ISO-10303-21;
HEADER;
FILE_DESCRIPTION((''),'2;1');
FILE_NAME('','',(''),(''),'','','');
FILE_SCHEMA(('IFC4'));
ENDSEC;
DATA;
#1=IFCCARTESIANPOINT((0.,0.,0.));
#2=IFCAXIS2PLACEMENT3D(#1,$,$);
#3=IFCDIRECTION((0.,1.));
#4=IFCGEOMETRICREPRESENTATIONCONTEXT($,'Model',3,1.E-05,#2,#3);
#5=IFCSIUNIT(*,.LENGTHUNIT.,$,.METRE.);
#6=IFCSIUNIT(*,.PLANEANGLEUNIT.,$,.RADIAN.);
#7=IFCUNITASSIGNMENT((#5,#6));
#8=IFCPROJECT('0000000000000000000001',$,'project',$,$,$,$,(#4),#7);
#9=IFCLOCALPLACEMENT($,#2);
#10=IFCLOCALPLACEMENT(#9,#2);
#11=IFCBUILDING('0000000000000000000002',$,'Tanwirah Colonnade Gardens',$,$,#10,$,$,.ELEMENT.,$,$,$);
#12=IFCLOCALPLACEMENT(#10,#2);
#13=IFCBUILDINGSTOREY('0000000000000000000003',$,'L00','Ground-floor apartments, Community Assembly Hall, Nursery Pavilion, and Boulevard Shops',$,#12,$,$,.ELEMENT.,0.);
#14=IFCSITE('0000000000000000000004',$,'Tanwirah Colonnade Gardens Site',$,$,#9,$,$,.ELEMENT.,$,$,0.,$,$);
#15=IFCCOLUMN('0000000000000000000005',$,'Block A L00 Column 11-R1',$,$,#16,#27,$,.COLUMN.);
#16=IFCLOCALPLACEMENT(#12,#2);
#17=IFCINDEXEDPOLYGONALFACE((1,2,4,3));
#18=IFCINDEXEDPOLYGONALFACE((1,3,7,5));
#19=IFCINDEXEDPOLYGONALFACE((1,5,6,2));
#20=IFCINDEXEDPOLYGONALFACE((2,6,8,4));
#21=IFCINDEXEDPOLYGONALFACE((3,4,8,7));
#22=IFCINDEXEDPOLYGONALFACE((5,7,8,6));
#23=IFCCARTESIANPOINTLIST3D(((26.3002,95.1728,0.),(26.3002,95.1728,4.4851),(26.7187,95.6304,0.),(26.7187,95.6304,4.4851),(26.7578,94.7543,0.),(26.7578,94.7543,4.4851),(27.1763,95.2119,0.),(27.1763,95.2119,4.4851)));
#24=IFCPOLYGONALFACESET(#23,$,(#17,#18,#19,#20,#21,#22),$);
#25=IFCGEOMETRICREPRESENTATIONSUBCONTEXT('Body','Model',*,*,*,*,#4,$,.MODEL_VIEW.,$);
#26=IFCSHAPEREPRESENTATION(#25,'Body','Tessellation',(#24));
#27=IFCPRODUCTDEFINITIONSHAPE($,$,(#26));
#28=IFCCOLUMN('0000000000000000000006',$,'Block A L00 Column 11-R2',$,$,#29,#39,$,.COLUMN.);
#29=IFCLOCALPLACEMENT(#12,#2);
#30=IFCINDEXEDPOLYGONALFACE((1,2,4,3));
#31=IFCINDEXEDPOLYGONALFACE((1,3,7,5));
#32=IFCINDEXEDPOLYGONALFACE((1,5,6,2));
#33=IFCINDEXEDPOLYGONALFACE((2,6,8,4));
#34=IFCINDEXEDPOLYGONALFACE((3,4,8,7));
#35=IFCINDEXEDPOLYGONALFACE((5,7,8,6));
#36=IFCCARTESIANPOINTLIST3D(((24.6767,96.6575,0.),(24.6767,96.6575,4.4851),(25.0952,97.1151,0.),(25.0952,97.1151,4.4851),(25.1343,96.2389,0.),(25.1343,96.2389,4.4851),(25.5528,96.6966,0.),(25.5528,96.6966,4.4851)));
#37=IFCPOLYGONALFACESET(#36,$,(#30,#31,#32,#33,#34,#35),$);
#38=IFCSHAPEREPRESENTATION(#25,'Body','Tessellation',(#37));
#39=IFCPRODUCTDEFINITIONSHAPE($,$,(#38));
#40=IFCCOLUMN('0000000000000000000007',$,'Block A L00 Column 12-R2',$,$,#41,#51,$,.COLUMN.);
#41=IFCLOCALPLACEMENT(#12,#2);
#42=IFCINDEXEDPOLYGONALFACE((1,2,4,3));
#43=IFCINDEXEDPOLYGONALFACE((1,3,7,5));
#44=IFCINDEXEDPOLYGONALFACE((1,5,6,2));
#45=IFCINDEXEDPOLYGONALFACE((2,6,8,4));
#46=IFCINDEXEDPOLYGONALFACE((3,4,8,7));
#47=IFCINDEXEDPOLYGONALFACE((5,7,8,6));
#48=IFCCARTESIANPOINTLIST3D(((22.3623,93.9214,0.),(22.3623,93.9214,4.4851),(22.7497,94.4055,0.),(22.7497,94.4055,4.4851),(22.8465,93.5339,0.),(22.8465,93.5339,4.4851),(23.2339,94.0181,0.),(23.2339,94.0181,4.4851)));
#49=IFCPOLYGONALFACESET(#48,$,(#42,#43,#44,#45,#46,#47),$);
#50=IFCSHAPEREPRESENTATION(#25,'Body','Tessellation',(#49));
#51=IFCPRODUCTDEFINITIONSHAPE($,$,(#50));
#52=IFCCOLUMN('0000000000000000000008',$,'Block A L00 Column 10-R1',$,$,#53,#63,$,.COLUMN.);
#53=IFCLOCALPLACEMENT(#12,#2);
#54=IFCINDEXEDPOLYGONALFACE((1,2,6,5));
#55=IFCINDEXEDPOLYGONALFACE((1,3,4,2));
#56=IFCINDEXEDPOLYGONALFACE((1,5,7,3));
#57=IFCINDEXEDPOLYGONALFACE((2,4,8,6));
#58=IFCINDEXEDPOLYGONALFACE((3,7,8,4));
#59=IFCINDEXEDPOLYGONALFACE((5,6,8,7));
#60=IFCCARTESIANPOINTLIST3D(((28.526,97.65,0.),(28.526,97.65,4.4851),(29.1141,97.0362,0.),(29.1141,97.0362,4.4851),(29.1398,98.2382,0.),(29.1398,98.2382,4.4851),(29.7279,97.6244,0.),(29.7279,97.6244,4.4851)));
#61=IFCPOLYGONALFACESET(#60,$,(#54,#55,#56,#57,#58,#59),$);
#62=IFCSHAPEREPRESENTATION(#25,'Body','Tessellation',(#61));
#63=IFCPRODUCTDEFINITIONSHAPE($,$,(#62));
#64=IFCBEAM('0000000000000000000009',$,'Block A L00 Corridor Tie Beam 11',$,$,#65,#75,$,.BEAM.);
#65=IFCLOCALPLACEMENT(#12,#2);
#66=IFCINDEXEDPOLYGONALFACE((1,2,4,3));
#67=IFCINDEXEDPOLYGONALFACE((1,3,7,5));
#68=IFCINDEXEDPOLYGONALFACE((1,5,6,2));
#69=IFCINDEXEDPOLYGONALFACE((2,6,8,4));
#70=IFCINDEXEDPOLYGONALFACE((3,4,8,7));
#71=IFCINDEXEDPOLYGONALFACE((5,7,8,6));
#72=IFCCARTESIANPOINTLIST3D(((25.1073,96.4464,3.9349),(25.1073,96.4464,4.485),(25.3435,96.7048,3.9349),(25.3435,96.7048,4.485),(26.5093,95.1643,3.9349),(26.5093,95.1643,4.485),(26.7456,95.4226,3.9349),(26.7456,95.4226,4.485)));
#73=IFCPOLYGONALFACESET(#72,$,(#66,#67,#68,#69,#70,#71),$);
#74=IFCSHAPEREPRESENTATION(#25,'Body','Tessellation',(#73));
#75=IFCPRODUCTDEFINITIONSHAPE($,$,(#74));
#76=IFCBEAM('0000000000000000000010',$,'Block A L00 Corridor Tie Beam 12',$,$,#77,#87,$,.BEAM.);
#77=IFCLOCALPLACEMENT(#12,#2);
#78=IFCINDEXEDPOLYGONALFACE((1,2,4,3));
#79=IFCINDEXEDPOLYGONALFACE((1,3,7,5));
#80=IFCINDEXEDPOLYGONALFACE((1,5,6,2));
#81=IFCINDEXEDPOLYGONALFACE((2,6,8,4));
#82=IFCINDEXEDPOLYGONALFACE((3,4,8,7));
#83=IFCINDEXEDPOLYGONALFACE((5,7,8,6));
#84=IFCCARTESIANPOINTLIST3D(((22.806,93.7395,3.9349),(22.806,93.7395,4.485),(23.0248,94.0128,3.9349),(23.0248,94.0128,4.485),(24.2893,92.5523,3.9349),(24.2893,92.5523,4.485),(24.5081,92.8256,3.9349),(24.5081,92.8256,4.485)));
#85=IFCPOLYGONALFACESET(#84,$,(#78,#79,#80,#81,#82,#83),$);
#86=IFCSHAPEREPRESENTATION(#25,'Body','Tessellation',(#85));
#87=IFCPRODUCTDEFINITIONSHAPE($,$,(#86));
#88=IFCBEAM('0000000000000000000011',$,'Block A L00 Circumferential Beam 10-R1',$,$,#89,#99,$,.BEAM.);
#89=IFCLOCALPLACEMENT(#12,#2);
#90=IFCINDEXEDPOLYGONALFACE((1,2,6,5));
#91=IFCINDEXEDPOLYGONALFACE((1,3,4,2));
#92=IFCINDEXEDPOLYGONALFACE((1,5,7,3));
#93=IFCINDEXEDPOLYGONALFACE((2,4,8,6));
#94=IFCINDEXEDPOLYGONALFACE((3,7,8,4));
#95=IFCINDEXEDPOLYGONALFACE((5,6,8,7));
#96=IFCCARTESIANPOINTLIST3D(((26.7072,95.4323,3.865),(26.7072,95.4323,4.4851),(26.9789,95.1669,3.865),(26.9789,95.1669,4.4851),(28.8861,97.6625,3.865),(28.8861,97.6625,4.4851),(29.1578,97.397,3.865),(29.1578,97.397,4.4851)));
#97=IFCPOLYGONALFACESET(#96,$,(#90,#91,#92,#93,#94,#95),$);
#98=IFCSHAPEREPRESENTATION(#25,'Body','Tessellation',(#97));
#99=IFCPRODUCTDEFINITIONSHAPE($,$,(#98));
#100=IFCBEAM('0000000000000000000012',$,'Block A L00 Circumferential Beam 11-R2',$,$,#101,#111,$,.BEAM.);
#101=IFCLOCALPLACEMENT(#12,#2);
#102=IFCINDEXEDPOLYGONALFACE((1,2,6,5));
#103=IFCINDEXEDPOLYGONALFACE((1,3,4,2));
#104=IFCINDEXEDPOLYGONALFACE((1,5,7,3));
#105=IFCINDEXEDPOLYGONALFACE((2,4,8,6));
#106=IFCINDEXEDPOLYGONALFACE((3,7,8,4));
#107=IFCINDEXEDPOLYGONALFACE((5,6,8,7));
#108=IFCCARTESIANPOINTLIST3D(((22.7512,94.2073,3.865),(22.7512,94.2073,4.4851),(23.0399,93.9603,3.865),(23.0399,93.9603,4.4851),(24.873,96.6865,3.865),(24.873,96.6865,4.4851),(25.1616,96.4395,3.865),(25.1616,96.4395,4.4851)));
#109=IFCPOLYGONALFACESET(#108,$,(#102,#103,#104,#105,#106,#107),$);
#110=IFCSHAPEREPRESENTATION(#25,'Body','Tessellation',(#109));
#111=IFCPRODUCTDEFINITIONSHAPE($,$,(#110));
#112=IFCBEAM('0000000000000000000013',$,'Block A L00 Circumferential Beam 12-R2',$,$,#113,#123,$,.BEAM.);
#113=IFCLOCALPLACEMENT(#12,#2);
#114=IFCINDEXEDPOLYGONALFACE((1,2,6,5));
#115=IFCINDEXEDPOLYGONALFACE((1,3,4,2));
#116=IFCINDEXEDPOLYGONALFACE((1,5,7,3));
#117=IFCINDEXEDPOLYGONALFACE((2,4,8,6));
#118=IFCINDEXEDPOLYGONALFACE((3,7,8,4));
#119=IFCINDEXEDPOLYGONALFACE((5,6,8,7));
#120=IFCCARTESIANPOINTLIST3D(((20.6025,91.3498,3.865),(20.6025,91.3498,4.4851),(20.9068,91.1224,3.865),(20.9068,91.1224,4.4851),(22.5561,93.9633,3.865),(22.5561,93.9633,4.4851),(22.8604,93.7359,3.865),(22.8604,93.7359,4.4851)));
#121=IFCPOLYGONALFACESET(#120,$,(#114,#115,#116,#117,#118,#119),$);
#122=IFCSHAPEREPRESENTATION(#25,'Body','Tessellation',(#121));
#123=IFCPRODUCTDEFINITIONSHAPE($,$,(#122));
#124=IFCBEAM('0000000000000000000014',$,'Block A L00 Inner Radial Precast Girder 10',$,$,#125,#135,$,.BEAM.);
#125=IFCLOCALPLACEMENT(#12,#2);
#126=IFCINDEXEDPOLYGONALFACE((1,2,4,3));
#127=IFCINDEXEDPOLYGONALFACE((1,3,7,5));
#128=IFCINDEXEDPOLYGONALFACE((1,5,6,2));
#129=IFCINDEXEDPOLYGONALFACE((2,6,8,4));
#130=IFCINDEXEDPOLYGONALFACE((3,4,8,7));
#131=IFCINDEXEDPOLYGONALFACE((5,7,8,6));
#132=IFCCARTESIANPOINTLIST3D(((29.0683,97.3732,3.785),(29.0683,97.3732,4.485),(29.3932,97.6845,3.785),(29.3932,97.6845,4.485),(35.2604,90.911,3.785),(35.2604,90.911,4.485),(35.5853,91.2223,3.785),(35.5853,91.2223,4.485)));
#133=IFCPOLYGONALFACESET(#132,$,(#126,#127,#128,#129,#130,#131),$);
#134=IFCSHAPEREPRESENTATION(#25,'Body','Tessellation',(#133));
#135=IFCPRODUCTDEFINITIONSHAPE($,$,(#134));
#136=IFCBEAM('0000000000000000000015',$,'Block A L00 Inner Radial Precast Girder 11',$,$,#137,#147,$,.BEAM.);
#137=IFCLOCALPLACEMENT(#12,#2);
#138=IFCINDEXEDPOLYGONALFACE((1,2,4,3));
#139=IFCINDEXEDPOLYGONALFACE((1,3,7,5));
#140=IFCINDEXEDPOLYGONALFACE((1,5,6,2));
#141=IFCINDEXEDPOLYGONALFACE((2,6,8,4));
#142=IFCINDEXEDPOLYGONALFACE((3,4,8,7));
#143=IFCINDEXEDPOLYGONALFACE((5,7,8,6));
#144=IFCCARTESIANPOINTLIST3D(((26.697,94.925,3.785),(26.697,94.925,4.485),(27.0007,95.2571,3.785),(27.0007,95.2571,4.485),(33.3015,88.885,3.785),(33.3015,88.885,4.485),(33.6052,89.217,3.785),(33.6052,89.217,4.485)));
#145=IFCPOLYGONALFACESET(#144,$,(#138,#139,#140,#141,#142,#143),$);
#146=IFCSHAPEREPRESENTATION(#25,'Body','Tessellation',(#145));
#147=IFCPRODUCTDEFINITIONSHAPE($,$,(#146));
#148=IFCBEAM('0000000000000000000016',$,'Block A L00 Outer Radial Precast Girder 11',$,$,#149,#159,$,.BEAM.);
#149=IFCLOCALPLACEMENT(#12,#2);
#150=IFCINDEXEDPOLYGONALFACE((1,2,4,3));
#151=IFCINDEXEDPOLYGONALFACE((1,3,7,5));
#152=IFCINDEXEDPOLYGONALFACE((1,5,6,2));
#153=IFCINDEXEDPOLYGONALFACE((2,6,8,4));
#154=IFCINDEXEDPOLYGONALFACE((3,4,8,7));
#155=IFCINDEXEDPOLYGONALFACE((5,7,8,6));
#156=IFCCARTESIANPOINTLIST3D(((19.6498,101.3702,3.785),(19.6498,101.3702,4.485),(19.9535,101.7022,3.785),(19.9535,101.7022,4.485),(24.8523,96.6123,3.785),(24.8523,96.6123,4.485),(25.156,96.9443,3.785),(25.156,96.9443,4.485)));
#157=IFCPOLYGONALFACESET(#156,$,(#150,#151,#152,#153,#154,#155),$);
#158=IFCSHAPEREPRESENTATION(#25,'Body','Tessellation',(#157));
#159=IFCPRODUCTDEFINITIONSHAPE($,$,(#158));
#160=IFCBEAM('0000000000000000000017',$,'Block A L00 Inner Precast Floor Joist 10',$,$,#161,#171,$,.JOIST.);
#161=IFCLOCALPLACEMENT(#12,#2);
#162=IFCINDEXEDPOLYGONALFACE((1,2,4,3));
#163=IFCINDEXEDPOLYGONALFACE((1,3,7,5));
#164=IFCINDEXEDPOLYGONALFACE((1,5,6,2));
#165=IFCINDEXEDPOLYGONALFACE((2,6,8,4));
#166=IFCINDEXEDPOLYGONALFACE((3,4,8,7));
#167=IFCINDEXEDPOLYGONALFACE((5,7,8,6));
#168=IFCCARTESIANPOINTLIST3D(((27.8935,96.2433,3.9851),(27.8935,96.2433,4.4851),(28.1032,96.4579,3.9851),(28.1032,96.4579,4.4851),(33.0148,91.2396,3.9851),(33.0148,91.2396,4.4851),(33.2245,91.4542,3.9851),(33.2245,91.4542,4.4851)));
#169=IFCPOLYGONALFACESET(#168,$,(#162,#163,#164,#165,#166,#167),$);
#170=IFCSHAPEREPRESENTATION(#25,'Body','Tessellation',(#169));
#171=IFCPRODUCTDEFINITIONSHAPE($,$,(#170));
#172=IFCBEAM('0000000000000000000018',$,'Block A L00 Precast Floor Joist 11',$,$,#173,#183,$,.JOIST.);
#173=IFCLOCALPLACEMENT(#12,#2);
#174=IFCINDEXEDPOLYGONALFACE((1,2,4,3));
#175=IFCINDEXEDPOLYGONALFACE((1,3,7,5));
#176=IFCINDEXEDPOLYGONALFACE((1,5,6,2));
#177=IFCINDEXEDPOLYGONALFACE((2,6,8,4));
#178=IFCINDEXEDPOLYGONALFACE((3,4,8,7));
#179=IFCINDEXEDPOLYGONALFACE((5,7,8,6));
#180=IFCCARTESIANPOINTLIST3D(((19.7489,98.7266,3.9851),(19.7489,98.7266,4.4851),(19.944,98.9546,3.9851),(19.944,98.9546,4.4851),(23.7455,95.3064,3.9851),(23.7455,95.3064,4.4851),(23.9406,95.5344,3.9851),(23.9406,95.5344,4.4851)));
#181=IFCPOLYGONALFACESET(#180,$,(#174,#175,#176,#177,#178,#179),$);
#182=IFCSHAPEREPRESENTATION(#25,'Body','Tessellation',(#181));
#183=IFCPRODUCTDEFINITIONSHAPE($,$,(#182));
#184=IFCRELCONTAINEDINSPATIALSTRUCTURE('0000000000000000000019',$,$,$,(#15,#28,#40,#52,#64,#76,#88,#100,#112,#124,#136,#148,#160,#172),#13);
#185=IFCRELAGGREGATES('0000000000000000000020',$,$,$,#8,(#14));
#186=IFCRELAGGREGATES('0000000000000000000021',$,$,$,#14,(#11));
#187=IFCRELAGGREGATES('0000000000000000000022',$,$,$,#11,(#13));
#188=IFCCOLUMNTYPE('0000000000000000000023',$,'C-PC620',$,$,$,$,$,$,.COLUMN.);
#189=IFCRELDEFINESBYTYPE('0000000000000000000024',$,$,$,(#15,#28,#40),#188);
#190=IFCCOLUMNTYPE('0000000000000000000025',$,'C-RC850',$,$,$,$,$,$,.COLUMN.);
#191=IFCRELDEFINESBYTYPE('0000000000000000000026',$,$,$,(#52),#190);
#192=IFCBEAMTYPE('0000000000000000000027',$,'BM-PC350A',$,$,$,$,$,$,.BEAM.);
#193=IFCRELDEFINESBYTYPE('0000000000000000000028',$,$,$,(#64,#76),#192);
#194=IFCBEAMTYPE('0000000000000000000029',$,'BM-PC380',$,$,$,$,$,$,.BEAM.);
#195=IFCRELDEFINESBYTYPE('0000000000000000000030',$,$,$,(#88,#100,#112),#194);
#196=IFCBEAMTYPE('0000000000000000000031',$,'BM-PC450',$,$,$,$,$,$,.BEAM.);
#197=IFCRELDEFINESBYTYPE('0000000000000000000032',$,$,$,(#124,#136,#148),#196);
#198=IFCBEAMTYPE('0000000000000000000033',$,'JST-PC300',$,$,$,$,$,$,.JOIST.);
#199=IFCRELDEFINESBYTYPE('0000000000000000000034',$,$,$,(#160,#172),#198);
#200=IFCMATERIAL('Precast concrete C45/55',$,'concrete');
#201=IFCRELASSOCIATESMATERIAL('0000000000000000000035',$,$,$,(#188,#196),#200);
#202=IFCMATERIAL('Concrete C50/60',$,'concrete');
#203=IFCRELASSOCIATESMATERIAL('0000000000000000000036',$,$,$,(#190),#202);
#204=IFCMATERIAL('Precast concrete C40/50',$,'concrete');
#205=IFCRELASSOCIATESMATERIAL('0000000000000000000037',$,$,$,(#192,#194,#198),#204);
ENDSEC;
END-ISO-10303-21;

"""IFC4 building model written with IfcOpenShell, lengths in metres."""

from ifc_helpers import new_model, si_unit, direction, frame, origin, origin_2d, place, context, subcontext, project, spatial, rectangle, extrude, material, material_profile, profile_set, type_object, element, save


model = new_model("IFC4")

# Units and contexts
model_context = context("Model", 3, precision=1e-05, world=origin(), true_north=direction((0.0, 1.0)))
body_context = subcontext(model_context, "Body", "Model", "MODEL_VIEW")
ifc_project = project(units=[si_unit("LENGTHUNIT", "METRE"), si_unit("PLANEANGLEUNIT", "RADIAN")], contexts=[model_context])

# Site, building, storey
site_placement = place(None, origin())
site = spatial("IfcSite", under=ifc_project, at=site_placement, Name="Tanwirah Colonnade Gardens Site", CompositionType="ELEMENT", RefElevation=0.0)
building_placement = place(site_placement, origin())
building = spatial("IfcBuilding", under=site, at=building_placement, Name="Tanwirah Colonnade Gardens", CompositionType="ELEMENT")
storey_placement = place(building_placement, origin())
storey = spatial("IfcBuildingStorey", under=building, at=storey_placement, Name="L00", Description="Ground-floor apartments, Community Assembly Hall, Nursery Pavilion, and Boulevard Shops", CompositionType="ELEMENT", Elevation=0.0)

# Columns
ifc_material_1 = material(Name="Precast concrete C45/55", Category="concrete")
ifc_material_profile_1 = material_profile(ifc_material_1, rectangle(XDim=0.6201, YDim=0.6201, at=origin_2d()), Name="PC-COL 620x620")
ifc_profile_set_1 = profile_set([ifc_material_profile_1], Name="Precast concrete C45/55")
column_type_1 = type_object("IfcColumnType", Name="C-PC620", PredefinedType="COLUMN", material=ifc_profile_set_1)
for number, where, z_axis, x_axis, name in (
    (1, (26.7383, 95.1924, 0.0), (0.0, 0.0, 1.0), (-0.737932, 0.674875, 0.0), "Block A L00 Column 11-R1"),
    (2, (25.1147, 96.677, 0.0), (0.0, 0.0, 1.0), (-0.737932, 0.674875, 0.0), "Block A L00 Column 11-R2"),
    (3, (22.7981, 93.9697, 0.0), (0.0, 0.0, 1.0), (-0.780794, 0.624788, 0.0), "Block A L00 Column 12-R2"),
):
    element("IfcColumn", number, at=place(storey_placement, frame(where, z_axis=z_axis, x_axis=x_axis)), inside=storey, type_object=column_type_1, Name=name, PredefinedType="COLUMN", context=body_context, shape_type="SweptSolid", body=[
        extrude(rectangle(XDim=0.6201, YDim=0.6201, at=origin_2d()), origin(), (0.0, 0.0, 1.0), 4.4851),
    ])
ifc_material_2 = material(Name="Concrete C50/60", Category="concrete")
ifc_material_profile_2 = material_profile(ifc_material_2, rectangle(XDim=0.8501, YDim=0.8501, at=origin_2d()), Name="RC-COL 850x850")
ifc_profile_set_2 = profile_set([ifc_material_profile_2], Name="Concrete C50/60")
column_type_2 = type_object("IfcColumnType", Name="C-RC850", PredefinedType="COLUMN", material=ifc_profile_set_2)
column_placement = place(storey_placement, frame((29.127, 97.6372, 0.0), z_axis=(0.0, 0.0, 1.0), x_axis=(-0.691863, 0.722029, 0.0)))
element("IfcColumn", 4, at=column_placement, inside=storey, type_object=column_type_2, Name="Block A L00 Column 10-R1", PredefinedType="COLUMN", context=body_context, shape_type="SweptSolid", body=[
    extrude(rectangle(XDim=0.8501, YDim=0.8501, at=origin_2d()), origin(), (0.0, 0.0, 1.0), 4.4851),
])

# Beams
ifc_material_3 = material(Name="Precast concrete C40/50", Category="concrete")
ifc_material_profile_3 = material_profile(ifc_material_3, rectangle(XDim=0.3501, YDim=0.55, at=origin_2d()), Name="PC-BM 350x550")
ifc_profile_set_3 = profile_set([ifc_material_profile_3], Name="Precast concrete C40/50")
beam_type_1 = type_object("IfcBeamType", Name="BM-PC350A", PredefinedType="BEAM", material=ifc_profile_set_3)
for number, where, z_axis, x_axis, name in (
    (5, (26.6274, 95.2935, 4.21), (-0.737948, 0.674857, 0.0), (-0.674857, -0.737948, 0.0), "Block A L00 Corridor Tie Beam 11"),
    (6, (24.3987, 92.689, 4.21), (-0.780731, 0.624867, 0.0), (-0.624867, -0.780731, 0.0), "Block A L00 Corridor Tie Beam 12"),
):
    element("IfcBeam", number, at=place(storey_placement, frame(where, z_axis=z_axis, x_axis=x_axis)), inside=storey, type_object=beam_type_1, Name=name, PredefinedType="BEAM", context=body_context, shape_type="SweptSolid", body=[
        extrude(rectangle(XDim=0.3501, YDim=0.55, at=origin_2d()), origin(), (0.0, 0.0, 1.0), 1.8999),
    ])
ifc_material_profile_4 = material_profile(ifc_material_3, rectangle(XDim=0.3799, YDim=0.6201, at=origin_2d()), Name="PC-BM 380x620")
ifc_profile_set_4 = profile_set([ifc_material_profile_4], Name="Precast concrete C40/50")
beam_type_2 = type_object("IfcBeamType", Name="BM-PC380", PredefinedType="BEAM", material=ifc_profile_set_4)
beam_1_placement = place(storey_placement, frame((29.022, 97.5298, 4.175), z_axis=(-0.698837, -0.715281, 0.0), x_axis=(0.715281, -0.698837, 0.0)))
element("IfcBeam", 7, at=beam_1_placement, inside=storey, type_object=beam_type_2, Name="Block A L00 Circumferential Beam 10-R1", PredefinedType="BEAM", context=body_context, shape_type="SweptSolid", body=[
    extrude(rectangle(XDim=0.3799, YDim=0.6201, at=origin_2d()), origin(), (0.0, 0.0, 1.0), 3.1179),
])
beam_2_placement = place(storey_placement, frame((25.0173, 96.563, 4.175), z_axis=(-0.650218, -0.759748, 0.0), x_axis=(0.759748, -0.650218, 0.0)))
element("IfcBeam", 8, at=beam_2_placement, inside=storey, type_object=beam_type_2, Name="Block A L00 Circumferential Beam 11-R2", PredefinedType="BEAM", context=body_context, shape_type="SweptSolid", body=[
    extrude(rectangle(XDim=0.3799, YDim=0.6201, at=origin_2d()), origin(), (0.0, 0.0, 1.0), 3.2632),
])
beam_3_placement = place(storey_placement, frame((22.7083, 93.8496, 4.175), z_axis=(-0.598718, -0.80096, 0.0), x_axis=(0.80096, -0.598718, 0.0)))
element("IfcBeam", 9, at=beam_3_placement, inside=storey, type_object=beam_type_2, Name="Block A L00 Circumferential Beam 12-R2", PredefinedType="BEAM", context=body_context, shape_type="SweptSolid", body=[
    extrude(rectangle(XDim=0.3799, YDim=0.6201, at=origin_2d()), origin(), (0.0, 0.0, 1.0), 3.2629),
])
ifc_material_profile_5 = material_profile(ifc_material_1, rectangle(XDim=0.45, YDim=0.7, at=origin_2d()), Name="PC-BM 450x700")
ifc_profile_set_5 = profile_set([ifc_material_profile_5], Name="Precast concrete C45/55")
beam_type_3 = type_object("IfcBeamType", Name="BM-PC450", PredefinedType="BEAM", material=ifc_profile_set_5)
for number, where, z_axis, x_axis, name in (
    (10, (29.2307, 97.5288, 4.135), (0.691861, -0.722031, 0.0), (0.722031, 0.691861, 0.0), "Block A L00 Inner Radial Precast Girder 10"),
    (11, (26.8489, 95.0911, 4.135), (0.737937, -0.674869, 0.0), (0.674869, 0.737937, 0.0), "Block A L00 Inner Radial Precast Girder 11"),
):
    element("IfcBeam", number, at=place(storey_placement, frame(where, z_axis=z_axis, x_axis=x_axis)), inside=storey, type_object=beam_type_3, Name=name, PredefinedType="BEAM", context=body_context, shape_type="SweptSolid", body=[
        extrude(rectangle(XDim=0.45, YDim=0.7, at=origin_2d()), origin(), (0.0, 0.0, 1.0), 8.95),
    ])
beam_4_placement = place(storey_placement, frame((25.0042, 96.7783, 4.135), z_axis=(-0.737934, 0.674873, 0.0), x_axis=(-0.674873, -0.737934, 0.0)))
element("IfcBeam", 12, at=beam_4_placement, inside=storey, type_object=beam_type_3, Name="Block A L00 Outer Radial Precast Girder 11", PredefinedType="BEAM", context=body_context, shape_type="SweptSolid", body=[
    extrude(rectangle(XDim=0.45, YDim=0.7, at=origin_2d()), origin(), (0.0, 0.0, 1.0), 7.05),
])
ifc_material_profile_6 = material_profile(ifc_material_3, rectangle(XDim=0.3, YDim=0.5, at=origin_2d()), Name="PC-JST 300x500")
ifc_profile_set_6 = profile_set([ifc_material_profile_6], Name="Precast concrete C40/50")
beam_type_4 = type_object("IfcBeamType", Name="JST-PC300", PredefinedType="JOIST", material=ifc_profile_set_6)
beam_5_placement = place(storey_placement, frame((33.1196, 91.3469, 4.2351), z_axis=(-0.715277, 0.698841, 0.0), x_axis=(-0.698841, -0.715277, 0.0)))
element("IfcBeam", 13, at=beam_5_placement, inside=storey, type_object=beam_type_4, Name="Block A L00 Inner Precast Floor Joist 10", PredefinedType="JOIST", context=body_context, shape_type="SweptSolid", body=[
    extrude(rectangle(XDim=0.3, YDim=0.5, at=origin_2d()), origin(), (0.0, 0.0, 1.0), 7.1599),
])
beam_6_placement = place(storey_placement, frame((23.843, 95.4204, 4.2351), z_axis=(-0.759771, 0.650191, 0.0), x_axis=(-0.650191, -0.759771, 0.0)))
element("IfcBeam", 14, at=beam_6_placement, inside=storey, type_object=beam_type_4, Name="Block A L00 Precast Floor Joist 11", PredefinedType="JOIST", context=body_context, shape_type="SweptSolid", body=[
    extrude(rectangle(XDim=0.3, YDim=0.5, at=origin_2d()), origin(), (0.0, 0.0, 1.0), 5.2603),
])

save(model, "model.ifc")
